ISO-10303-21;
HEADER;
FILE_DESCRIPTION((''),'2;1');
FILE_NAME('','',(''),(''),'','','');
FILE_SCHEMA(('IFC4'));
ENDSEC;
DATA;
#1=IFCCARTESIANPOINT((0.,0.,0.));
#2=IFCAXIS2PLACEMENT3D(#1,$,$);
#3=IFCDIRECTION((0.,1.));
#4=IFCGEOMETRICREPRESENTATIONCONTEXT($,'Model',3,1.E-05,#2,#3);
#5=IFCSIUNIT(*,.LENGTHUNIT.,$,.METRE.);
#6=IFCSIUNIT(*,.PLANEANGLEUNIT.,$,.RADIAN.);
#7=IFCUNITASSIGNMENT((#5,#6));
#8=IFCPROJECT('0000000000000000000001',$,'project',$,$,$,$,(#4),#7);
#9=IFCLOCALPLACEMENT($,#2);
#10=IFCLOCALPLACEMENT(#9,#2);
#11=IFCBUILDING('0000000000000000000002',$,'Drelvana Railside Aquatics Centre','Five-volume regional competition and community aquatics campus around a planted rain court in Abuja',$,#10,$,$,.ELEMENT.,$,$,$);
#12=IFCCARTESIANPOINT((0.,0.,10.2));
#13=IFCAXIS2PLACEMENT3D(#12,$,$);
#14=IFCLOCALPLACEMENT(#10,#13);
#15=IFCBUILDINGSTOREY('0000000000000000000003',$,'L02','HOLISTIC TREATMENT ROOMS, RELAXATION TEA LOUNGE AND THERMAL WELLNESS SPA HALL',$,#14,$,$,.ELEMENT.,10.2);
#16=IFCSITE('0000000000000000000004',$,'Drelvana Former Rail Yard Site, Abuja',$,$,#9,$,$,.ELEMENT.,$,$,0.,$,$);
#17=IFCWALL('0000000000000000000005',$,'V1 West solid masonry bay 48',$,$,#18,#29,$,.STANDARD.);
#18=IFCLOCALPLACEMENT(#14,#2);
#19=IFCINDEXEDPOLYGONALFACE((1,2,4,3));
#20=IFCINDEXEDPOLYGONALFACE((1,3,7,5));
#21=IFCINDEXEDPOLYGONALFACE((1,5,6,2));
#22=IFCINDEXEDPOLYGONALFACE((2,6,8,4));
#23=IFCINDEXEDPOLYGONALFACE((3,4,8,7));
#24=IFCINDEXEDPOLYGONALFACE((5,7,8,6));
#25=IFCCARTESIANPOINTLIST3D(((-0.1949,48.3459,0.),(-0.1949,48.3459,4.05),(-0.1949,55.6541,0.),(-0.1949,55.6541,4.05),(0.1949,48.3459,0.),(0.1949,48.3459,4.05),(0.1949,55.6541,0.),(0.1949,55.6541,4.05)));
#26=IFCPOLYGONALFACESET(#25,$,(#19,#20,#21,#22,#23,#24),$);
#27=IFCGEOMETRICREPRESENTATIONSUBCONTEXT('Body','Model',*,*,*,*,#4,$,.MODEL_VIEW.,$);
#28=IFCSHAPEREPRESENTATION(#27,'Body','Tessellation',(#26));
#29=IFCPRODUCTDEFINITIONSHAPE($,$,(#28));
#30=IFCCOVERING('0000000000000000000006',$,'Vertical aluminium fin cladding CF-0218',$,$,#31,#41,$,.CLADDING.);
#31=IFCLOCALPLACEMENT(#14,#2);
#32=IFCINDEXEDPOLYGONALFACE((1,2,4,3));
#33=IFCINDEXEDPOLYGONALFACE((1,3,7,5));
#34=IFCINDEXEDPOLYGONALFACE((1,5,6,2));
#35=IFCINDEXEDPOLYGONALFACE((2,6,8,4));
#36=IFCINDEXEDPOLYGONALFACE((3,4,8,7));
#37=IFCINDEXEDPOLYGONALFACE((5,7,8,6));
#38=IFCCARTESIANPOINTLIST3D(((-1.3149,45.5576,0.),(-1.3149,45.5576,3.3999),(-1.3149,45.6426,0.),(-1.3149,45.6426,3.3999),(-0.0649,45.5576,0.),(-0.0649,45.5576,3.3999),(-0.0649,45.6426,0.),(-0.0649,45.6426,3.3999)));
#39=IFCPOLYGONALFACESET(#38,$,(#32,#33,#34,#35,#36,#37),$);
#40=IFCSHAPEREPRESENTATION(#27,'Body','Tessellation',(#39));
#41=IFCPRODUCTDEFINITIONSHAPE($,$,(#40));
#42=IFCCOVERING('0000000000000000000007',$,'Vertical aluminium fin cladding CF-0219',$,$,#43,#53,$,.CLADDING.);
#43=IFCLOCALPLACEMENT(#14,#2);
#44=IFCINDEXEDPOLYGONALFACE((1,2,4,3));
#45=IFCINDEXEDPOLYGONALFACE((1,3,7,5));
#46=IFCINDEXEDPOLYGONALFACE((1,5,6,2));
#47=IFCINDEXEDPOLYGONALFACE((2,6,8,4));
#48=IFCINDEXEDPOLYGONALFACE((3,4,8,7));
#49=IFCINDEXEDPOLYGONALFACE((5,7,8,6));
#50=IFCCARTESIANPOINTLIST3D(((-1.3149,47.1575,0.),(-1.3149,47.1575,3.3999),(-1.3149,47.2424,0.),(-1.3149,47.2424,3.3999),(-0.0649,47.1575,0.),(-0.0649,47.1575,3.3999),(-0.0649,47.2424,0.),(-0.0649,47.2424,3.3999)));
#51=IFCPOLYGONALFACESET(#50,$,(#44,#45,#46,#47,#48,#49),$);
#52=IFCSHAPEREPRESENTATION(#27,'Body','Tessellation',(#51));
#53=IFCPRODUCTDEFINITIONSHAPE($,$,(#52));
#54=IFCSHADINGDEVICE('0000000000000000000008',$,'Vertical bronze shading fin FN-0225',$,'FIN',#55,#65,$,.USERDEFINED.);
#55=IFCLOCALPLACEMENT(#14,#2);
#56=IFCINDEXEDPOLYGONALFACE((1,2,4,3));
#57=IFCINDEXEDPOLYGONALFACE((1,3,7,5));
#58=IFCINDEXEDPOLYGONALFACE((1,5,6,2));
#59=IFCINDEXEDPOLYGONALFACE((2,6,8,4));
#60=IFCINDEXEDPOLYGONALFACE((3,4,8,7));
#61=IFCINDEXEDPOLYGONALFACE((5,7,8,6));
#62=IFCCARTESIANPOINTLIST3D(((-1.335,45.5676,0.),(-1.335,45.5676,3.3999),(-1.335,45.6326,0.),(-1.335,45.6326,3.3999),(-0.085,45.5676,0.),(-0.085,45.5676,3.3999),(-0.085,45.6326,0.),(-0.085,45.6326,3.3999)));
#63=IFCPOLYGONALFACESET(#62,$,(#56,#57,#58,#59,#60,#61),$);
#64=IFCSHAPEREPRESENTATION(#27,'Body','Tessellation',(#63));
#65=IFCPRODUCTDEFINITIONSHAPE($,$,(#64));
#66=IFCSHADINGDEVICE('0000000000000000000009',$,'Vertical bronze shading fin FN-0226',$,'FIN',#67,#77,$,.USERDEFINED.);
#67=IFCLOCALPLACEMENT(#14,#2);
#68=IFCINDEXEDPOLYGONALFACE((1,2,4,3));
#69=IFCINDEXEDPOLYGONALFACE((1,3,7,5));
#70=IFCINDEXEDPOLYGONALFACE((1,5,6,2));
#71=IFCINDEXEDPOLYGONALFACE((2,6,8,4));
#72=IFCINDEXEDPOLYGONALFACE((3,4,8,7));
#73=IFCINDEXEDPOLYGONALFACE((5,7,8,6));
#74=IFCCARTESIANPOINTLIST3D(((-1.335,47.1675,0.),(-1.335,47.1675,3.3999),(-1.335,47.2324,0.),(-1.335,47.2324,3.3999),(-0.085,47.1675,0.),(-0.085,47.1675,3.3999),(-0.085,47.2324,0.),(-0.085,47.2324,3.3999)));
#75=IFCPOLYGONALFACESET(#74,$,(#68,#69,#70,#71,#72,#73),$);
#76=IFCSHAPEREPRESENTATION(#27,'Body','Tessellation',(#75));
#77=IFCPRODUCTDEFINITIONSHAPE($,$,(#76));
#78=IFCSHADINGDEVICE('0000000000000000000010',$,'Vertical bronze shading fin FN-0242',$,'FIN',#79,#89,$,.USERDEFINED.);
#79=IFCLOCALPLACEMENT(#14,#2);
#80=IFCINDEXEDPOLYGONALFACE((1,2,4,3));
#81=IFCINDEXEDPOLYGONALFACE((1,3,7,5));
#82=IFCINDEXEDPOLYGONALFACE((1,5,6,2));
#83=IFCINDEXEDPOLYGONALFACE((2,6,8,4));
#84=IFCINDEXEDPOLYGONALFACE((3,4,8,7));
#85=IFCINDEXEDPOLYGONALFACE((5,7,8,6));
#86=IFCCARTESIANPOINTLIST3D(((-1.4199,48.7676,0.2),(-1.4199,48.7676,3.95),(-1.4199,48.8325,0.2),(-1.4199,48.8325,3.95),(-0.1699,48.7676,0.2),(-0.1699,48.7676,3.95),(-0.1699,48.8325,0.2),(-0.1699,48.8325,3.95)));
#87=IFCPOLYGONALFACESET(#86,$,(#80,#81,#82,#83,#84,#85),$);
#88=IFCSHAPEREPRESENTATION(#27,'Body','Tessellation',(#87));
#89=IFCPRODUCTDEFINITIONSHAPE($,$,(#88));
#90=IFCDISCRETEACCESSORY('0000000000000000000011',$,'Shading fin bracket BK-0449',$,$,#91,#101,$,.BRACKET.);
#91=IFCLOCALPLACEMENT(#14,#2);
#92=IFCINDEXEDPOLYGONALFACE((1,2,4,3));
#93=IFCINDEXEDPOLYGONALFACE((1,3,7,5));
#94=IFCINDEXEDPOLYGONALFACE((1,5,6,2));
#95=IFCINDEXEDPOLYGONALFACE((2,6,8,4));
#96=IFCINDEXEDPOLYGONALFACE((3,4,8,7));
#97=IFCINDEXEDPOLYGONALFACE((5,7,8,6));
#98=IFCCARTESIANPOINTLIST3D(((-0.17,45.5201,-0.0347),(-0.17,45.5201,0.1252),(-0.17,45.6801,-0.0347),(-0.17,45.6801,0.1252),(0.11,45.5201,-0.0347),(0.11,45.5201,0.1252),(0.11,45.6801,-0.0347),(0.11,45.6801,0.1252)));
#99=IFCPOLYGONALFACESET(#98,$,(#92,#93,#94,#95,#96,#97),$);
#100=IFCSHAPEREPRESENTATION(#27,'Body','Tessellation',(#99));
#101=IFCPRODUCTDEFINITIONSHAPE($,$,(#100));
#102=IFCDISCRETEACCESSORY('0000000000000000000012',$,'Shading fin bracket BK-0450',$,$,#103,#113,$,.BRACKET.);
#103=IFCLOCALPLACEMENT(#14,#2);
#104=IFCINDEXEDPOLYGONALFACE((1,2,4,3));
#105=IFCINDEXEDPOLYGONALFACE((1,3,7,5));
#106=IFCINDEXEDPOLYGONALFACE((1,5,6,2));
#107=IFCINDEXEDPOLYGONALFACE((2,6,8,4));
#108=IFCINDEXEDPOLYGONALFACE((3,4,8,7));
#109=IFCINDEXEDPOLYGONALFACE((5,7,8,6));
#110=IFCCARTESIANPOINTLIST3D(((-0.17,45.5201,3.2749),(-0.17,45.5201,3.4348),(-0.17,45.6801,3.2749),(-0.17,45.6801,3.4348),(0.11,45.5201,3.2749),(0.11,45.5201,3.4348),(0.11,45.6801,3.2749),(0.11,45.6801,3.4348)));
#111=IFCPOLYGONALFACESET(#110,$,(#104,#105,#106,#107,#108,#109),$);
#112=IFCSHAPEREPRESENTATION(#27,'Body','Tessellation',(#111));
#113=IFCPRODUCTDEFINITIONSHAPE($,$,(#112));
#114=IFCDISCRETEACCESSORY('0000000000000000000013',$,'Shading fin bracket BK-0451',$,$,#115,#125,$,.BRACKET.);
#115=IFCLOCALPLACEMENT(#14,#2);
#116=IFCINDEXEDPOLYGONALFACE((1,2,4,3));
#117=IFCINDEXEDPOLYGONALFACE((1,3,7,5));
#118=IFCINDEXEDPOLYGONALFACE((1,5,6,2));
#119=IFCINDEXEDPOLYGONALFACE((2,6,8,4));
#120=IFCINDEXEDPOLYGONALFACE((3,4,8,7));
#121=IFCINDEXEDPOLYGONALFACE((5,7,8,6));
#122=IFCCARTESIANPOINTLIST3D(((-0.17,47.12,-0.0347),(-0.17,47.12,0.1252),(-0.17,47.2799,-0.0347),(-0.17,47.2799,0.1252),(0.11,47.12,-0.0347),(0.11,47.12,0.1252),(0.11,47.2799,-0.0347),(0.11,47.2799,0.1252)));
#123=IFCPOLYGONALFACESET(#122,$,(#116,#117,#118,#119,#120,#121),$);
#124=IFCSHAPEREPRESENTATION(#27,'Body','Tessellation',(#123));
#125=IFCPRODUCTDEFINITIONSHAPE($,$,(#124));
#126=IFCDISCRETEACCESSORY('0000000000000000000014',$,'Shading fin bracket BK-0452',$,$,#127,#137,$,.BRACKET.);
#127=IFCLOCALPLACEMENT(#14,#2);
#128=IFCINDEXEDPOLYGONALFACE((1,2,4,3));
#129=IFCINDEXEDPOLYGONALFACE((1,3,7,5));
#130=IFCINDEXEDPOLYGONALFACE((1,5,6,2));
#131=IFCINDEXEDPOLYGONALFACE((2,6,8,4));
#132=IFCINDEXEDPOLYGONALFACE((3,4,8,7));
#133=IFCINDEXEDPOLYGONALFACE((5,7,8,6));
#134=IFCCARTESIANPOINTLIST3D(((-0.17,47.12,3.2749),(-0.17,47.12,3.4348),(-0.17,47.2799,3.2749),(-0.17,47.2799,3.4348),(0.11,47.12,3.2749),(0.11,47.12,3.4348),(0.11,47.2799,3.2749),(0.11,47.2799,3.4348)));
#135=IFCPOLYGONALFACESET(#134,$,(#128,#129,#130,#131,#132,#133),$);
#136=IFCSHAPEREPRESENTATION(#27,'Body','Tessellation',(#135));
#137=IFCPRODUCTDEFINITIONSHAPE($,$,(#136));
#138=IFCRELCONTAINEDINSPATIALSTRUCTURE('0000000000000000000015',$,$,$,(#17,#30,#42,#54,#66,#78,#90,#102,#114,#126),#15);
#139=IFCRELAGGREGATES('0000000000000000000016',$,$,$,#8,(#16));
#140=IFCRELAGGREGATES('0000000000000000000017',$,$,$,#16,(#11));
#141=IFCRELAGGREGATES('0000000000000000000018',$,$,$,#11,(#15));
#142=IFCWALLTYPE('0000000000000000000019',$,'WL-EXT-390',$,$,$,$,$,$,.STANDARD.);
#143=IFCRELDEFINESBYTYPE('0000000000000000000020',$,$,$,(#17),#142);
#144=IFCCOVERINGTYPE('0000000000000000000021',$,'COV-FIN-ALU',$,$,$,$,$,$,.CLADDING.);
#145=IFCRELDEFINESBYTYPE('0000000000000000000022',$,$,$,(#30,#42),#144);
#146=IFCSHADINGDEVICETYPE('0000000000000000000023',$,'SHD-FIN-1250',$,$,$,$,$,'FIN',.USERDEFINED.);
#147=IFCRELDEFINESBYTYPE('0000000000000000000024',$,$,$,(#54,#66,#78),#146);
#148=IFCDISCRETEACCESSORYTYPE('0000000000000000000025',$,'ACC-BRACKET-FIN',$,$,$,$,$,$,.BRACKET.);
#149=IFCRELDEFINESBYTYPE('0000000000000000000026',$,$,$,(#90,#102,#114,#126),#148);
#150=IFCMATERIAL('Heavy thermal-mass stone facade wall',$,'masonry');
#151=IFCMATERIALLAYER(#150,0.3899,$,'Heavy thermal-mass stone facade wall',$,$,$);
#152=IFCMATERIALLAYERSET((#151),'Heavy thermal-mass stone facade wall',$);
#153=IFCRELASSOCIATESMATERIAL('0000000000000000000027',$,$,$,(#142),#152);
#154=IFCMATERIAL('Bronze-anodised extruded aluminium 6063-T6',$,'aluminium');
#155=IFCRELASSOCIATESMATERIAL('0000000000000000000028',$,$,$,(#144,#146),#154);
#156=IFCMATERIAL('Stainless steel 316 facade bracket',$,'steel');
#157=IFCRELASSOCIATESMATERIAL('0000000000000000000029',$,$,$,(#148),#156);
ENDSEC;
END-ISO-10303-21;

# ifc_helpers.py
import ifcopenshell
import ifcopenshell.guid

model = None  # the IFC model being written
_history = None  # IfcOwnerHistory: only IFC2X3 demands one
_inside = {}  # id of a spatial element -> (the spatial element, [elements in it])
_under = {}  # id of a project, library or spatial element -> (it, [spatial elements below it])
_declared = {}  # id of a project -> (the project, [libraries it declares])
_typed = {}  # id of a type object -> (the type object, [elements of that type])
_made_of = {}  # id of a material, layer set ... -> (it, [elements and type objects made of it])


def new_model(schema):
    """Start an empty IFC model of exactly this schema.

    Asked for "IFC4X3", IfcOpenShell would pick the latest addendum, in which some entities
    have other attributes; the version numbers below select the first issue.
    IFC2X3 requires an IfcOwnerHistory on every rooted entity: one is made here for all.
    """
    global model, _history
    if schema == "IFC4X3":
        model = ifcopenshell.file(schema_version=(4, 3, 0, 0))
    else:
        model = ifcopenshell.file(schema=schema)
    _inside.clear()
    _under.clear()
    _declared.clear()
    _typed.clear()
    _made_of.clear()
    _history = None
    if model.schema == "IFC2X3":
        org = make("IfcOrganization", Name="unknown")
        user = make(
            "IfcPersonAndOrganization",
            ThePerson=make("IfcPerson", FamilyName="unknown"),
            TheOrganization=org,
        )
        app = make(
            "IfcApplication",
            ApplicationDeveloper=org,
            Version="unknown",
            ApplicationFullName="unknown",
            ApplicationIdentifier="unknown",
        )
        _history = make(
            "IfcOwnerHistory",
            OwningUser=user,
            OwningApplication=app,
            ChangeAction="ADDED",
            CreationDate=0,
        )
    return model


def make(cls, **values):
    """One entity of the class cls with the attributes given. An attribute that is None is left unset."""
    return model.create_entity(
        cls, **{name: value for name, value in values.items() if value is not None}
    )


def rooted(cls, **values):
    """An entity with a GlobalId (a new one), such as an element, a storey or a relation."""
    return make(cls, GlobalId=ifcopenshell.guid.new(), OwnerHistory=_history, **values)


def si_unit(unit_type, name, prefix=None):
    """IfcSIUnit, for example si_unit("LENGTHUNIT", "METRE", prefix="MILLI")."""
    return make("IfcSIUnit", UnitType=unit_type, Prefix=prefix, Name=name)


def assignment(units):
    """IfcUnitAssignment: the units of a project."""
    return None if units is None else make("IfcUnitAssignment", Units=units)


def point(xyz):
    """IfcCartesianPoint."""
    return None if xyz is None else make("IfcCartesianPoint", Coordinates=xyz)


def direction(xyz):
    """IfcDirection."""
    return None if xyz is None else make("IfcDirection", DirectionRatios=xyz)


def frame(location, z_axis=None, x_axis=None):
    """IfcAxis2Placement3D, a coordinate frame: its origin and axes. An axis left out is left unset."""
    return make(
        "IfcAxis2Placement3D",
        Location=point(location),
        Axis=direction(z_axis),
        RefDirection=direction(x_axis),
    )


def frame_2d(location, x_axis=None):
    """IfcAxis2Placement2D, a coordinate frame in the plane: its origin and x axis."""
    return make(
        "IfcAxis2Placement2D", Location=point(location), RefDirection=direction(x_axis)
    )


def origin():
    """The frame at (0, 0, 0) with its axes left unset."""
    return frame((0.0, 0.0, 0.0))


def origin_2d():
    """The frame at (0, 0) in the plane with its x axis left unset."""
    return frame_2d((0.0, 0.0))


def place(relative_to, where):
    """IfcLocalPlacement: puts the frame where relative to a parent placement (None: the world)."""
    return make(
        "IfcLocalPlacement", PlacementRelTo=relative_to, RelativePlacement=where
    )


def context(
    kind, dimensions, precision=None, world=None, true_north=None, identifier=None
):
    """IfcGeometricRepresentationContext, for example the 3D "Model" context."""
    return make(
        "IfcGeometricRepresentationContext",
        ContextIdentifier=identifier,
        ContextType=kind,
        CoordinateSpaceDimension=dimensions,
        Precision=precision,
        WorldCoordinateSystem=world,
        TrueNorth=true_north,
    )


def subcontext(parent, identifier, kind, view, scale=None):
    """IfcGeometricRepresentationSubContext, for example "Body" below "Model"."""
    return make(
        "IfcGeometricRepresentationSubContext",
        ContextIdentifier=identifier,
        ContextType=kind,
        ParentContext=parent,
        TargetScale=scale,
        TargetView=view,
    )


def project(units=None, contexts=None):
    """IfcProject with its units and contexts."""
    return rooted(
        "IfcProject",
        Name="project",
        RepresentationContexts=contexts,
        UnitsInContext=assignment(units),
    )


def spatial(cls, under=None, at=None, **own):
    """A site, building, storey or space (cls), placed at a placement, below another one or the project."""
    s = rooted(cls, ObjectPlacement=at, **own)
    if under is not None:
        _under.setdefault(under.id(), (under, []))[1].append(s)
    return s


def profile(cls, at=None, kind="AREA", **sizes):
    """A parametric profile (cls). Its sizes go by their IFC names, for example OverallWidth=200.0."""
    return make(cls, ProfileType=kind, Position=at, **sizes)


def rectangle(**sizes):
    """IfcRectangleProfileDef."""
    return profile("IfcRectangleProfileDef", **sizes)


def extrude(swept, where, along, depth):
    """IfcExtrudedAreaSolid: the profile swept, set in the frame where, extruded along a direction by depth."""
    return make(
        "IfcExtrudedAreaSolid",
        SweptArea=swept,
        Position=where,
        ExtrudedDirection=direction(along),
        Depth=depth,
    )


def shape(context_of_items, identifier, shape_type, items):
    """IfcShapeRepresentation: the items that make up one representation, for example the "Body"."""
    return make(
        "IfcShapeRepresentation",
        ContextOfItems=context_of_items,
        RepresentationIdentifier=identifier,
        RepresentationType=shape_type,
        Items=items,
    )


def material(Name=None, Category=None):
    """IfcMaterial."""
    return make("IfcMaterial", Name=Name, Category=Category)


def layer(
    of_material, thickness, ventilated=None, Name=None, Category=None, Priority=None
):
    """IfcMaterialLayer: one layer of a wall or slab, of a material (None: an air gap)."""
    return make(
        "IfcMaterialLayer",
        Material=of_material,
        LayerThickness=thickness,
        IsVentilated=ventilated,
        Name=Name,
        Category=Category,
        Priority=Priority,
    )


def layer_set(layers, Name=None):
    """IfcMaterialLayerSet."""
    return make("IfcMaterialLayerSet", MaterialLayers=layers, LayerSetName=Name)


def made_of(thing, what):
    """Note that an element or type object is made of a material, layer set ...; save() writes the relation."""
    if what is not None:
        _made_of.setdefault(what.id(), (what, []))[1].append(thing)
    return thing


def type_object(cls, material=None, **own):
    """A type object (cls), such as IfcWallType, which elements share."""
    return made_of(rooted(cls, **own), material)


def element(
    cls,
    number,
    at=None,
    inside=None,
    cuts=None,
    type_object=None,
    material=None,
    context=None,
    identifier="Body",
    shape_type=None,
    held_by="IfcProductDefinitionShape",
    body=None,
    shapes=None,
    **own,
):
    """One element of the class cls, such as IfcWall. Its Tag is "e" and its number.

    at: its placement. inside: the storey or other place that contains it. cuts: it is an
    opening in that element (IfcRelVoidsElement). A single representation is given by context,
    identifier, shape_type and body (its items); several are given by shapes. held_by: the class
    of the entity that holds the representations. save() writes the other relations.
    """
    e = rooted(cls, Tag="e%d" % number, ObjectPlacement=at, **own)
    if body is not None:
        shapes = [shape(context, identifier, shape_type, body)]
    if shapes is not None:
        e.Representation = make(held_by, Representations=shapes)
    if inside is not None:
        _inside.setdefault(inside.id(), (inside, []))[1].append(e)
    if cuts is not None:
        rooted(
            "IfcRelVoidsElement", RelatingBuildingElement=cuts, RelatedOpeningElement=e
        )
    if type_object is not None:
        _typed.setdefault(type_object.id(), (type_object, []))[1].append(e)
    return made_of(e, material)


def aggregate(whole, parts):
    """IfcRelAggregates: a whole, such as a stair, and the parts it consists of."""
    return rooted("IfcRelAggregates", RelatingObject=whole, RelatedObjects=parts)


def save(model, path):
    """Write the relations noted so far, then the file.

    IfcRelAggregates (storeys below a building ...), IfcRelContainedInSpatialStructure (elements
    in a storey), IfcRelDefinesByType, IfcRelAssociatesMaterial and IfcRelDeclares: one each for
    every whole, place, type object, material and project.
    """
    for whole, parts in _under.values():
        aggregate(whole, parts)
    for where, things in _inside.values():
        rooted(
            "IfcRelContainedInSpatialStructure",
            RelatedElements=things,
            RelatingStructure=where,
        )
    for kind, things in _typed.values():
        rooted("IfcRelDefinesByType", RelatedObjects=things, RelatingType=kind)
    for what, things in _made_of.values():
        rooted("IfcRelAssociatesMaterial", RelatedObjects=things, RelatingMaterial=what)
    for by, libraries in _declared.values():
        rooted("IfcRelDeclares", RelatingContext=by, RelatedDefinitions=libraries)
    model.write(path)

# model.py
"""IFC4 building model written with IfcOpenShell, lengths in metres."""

from ifc_helpers import new_model, si_unit, direction, frame, frame_2d, origin, origin_2d, place, context, subcontext, project, spatial, rectangle, extrude, material, layer, layer_set, type_object, element, save


model = new_model("IFC4")

# Units and contexts
model_context = context("Model", 3, precision=1e-05, world=origin(), true_north=direction((0.0, 1.0)))
body_context = subcontext(model_context, "Body", "Model", "MODEL_VIEW")
ifc_project = project(units=[si_unit("LENGTHUNIT", "METRE"), si_unit("PLANEANGLEUNIT", "RADIAN")], contexts=[model_context])

# Site, building, storey
site_placement = place(None, origin())
site = spatial("IfcSite", under=ifc_project, at=site_placement, Name="Drelvana Former Rail Yard Site, Abuja", CompositionType="ELEMENT", RefElevation=0.0)
building_placement = place(site_placement, origin())
building = spatial("IfcBuilding", under=site, at=building_placement, Name="Drelvana Railside Aquatics Centre", Description="Five-volume regional competition and community aquatics campus around a planted rain court in Abuja", CompositionType="ELEMENT")
storey_placement = place(building_placement, frame((0.0, 0.0, 10.2)))
storey = spatial("IfcBuildingStorey", under=building, at=storey_placement, Name="L02", Description="HOLISTIC TREATMENT ROOMS, RELAXATION TEA LOUNGE AND THERMAL WELLNESS SPA HALL", CompositionType="ELEMENT", Elevation=10.2)

# Wall
ifc_material_1 = material(Name="Heavy thermal-mass stone facade wall", Category="masonry")
ifc_layer_1 = layer(ifc_material_1, 0.3899, Name="Heavy thermal-mass stone facade wall")
ifc_layer_set_1 = layer_set([ifc_layer_1], Name="Heavy thermal-mass stone facade wall")
wall_type = type_object("IfcWallType", Name="WL-EXT-390", PredefinedType="STANDARD", material=ifc_layer_set_1)
wall_placement = place(storey_placement, frame((0.0, 48.3459, 0.0), z_axis=(0.0, 0.0, 1.0), x_axis=(0.0, 1.0, 0.0)))
element("IfcWall", 1, at=wall_placement, inside=storey, type_object=wall_type, Name="V1 West solid masonry bay 48", PredefinedType="STANDARD", context=body_context, shape_type="SweptSolid", body=[
    extrude(rectangle(XDim=7.3081, YDim=0.3899, at=frame_2d((3.6541, 0.0))), origin(), (0.0, 0.0, 1.0), 4.05),
])

# Coverings
ifc_material_2 = material(Name="Bronze-anodised extruded aluminium 6063-T6", Category="aluminium")
covering_type = type_object("IfcCoveringType", Name="COV-FIN-ALU", PredefinedType="CLADDING", material=ifc_material_2)
for number, where, z_axis, x_axis, name in (
    (2, (-0.6899, 45.6001, 0.0), (0.0, 0.0, 1.0), (0.0, 1.0, 0.0), "Vertical aluminium fin cladding CF-0218"),
    (3, (-0.6899, 47.2, 0.0), (0.0, 0.0, 1.0), (0.0, 1.0, 0.0), "Vertical aluminium fin cladding CF-0219"),
):
    element("IfcCovering", number, at=place(storey_placement, frame(where, z_axis=z_axis, x_axis=x_axis)), inside=storey, type_object=covering_type, Name=name, PredefinedType="CLADDING", context=body_context, shape_type="SweptSolid", body=[
        extrude(rectangle(XDim=0.085, YDim=1.25, at=origin_2d()), origin(), (0.0, 0.0, 1.0), 3.3999),
    ])

# Shading devices
shading_device_type = type_object("IfcShadingDeviceType", Name="SHD-FIN-1250", ElementType="FIN", PredefinedType="USERDEFINED", material=ifc_material_2)
for number, where, z_axis, x_axis, name in (
    (4, (-0.71, 45.6001, 0.0), (0.0, 0.0, 1.0), (-1.0, 0.0, 0.0), "Vertical bronze shading fin FN-0225"),
    (5, (-0.71, 47.2, 0.0), (0.0, 0.0, 1.0), (-1.0, 0.0, 0.0), "Vertical bronze shading fin FN-0226"),
):
    element("IfcShadingDevice", number, at=place(storey_placement, frame(where, z_axis=z_axis, x_axis=x_axis)), inside=storey, type_object=shading_device_type, Name=name, ObjectType="FIN", PredefinedType="USERDEFINED", context=body_context, shape_type="SweptSolid", body=[
        extrude(rectangle(XDim=1.25, YDim=0.0649, at=origin_2d()), origin(), (0.0, 0.0, 1.0), 3.3999),
    ])
shading_device_placement = place(storey_placement, frame((-0.7949, 48.8, 0.2), z_axis=(0.0, 0.0, 1.0), x_axis=(-1.0, 0.0, 0.0)))
element("IfcShadingDevice", 6, at=shading_device_placement, inside=storey, type_object=shading_device_type, Name="Vertical bronze shading fin FN-0242", ObjectType="FIN", PredefinedType="USERDEFINED", context=body_context, shape_type="SweptSolid", body=[
    extrude(rectangle(XDim=1.25, YDim=0.0649, at=origin_2d()), origin(), (0.0, 0.0, 1.0), 3.75),
])

# Discrete accessories
ifc_material_3 = material(Name="Stainless steel 316 facade bracket", Category="steel")
discrete_accessory_type = type_object("IfcDiscreteAccessoryType", Name="ACC-BRACKET-FIN", PredefinedType="BRACKET", material=ifc_material_3)
for number, where, z_axis, x_axis, name in (
    (7, (-0.03, 45.6001, -0.0347), (0.0, 0.0, 1.0), (-1.0, 0.0, 0.0), "Shading fin bracket BK-0449"),
    (8, (-0.03, 45.6001, 3.2749), (0.0, 0.0, 1.0), (-1.0, 0.0, 0.0), "Shading fin bracket BK-0450"),
    (9, (-0.03, 47.2, -0.0347), (0.0, 0.0, 1.0), (-1.0, 0.0, 0.0), "Shading fin bracket BK-0451"),
    (10, (-0.03, 47.2, 3.2749), (0.0, 0.0, 1.0), (-1.0, 0.0, 0.0), "Shading fin bracket BK-0452"),
):
    element("IfcDiscreteAccessory", number, at=place(storey_placement, frame(where, z_axis=z_axis, x_axis=x_axis)), inside=storey, type_object=discrete_accessory_type, Name=name, PredefinedType="BRACKET", context=body_context, shape_type="SweptSolid", body=[
        extrude(rectangle(XDim=0.28, YDim=0.1599, at=origin_2d()), origin(), (0.0, 0.0, 1.0), 0.1599),
    ])

save(model, "model.ifc")
